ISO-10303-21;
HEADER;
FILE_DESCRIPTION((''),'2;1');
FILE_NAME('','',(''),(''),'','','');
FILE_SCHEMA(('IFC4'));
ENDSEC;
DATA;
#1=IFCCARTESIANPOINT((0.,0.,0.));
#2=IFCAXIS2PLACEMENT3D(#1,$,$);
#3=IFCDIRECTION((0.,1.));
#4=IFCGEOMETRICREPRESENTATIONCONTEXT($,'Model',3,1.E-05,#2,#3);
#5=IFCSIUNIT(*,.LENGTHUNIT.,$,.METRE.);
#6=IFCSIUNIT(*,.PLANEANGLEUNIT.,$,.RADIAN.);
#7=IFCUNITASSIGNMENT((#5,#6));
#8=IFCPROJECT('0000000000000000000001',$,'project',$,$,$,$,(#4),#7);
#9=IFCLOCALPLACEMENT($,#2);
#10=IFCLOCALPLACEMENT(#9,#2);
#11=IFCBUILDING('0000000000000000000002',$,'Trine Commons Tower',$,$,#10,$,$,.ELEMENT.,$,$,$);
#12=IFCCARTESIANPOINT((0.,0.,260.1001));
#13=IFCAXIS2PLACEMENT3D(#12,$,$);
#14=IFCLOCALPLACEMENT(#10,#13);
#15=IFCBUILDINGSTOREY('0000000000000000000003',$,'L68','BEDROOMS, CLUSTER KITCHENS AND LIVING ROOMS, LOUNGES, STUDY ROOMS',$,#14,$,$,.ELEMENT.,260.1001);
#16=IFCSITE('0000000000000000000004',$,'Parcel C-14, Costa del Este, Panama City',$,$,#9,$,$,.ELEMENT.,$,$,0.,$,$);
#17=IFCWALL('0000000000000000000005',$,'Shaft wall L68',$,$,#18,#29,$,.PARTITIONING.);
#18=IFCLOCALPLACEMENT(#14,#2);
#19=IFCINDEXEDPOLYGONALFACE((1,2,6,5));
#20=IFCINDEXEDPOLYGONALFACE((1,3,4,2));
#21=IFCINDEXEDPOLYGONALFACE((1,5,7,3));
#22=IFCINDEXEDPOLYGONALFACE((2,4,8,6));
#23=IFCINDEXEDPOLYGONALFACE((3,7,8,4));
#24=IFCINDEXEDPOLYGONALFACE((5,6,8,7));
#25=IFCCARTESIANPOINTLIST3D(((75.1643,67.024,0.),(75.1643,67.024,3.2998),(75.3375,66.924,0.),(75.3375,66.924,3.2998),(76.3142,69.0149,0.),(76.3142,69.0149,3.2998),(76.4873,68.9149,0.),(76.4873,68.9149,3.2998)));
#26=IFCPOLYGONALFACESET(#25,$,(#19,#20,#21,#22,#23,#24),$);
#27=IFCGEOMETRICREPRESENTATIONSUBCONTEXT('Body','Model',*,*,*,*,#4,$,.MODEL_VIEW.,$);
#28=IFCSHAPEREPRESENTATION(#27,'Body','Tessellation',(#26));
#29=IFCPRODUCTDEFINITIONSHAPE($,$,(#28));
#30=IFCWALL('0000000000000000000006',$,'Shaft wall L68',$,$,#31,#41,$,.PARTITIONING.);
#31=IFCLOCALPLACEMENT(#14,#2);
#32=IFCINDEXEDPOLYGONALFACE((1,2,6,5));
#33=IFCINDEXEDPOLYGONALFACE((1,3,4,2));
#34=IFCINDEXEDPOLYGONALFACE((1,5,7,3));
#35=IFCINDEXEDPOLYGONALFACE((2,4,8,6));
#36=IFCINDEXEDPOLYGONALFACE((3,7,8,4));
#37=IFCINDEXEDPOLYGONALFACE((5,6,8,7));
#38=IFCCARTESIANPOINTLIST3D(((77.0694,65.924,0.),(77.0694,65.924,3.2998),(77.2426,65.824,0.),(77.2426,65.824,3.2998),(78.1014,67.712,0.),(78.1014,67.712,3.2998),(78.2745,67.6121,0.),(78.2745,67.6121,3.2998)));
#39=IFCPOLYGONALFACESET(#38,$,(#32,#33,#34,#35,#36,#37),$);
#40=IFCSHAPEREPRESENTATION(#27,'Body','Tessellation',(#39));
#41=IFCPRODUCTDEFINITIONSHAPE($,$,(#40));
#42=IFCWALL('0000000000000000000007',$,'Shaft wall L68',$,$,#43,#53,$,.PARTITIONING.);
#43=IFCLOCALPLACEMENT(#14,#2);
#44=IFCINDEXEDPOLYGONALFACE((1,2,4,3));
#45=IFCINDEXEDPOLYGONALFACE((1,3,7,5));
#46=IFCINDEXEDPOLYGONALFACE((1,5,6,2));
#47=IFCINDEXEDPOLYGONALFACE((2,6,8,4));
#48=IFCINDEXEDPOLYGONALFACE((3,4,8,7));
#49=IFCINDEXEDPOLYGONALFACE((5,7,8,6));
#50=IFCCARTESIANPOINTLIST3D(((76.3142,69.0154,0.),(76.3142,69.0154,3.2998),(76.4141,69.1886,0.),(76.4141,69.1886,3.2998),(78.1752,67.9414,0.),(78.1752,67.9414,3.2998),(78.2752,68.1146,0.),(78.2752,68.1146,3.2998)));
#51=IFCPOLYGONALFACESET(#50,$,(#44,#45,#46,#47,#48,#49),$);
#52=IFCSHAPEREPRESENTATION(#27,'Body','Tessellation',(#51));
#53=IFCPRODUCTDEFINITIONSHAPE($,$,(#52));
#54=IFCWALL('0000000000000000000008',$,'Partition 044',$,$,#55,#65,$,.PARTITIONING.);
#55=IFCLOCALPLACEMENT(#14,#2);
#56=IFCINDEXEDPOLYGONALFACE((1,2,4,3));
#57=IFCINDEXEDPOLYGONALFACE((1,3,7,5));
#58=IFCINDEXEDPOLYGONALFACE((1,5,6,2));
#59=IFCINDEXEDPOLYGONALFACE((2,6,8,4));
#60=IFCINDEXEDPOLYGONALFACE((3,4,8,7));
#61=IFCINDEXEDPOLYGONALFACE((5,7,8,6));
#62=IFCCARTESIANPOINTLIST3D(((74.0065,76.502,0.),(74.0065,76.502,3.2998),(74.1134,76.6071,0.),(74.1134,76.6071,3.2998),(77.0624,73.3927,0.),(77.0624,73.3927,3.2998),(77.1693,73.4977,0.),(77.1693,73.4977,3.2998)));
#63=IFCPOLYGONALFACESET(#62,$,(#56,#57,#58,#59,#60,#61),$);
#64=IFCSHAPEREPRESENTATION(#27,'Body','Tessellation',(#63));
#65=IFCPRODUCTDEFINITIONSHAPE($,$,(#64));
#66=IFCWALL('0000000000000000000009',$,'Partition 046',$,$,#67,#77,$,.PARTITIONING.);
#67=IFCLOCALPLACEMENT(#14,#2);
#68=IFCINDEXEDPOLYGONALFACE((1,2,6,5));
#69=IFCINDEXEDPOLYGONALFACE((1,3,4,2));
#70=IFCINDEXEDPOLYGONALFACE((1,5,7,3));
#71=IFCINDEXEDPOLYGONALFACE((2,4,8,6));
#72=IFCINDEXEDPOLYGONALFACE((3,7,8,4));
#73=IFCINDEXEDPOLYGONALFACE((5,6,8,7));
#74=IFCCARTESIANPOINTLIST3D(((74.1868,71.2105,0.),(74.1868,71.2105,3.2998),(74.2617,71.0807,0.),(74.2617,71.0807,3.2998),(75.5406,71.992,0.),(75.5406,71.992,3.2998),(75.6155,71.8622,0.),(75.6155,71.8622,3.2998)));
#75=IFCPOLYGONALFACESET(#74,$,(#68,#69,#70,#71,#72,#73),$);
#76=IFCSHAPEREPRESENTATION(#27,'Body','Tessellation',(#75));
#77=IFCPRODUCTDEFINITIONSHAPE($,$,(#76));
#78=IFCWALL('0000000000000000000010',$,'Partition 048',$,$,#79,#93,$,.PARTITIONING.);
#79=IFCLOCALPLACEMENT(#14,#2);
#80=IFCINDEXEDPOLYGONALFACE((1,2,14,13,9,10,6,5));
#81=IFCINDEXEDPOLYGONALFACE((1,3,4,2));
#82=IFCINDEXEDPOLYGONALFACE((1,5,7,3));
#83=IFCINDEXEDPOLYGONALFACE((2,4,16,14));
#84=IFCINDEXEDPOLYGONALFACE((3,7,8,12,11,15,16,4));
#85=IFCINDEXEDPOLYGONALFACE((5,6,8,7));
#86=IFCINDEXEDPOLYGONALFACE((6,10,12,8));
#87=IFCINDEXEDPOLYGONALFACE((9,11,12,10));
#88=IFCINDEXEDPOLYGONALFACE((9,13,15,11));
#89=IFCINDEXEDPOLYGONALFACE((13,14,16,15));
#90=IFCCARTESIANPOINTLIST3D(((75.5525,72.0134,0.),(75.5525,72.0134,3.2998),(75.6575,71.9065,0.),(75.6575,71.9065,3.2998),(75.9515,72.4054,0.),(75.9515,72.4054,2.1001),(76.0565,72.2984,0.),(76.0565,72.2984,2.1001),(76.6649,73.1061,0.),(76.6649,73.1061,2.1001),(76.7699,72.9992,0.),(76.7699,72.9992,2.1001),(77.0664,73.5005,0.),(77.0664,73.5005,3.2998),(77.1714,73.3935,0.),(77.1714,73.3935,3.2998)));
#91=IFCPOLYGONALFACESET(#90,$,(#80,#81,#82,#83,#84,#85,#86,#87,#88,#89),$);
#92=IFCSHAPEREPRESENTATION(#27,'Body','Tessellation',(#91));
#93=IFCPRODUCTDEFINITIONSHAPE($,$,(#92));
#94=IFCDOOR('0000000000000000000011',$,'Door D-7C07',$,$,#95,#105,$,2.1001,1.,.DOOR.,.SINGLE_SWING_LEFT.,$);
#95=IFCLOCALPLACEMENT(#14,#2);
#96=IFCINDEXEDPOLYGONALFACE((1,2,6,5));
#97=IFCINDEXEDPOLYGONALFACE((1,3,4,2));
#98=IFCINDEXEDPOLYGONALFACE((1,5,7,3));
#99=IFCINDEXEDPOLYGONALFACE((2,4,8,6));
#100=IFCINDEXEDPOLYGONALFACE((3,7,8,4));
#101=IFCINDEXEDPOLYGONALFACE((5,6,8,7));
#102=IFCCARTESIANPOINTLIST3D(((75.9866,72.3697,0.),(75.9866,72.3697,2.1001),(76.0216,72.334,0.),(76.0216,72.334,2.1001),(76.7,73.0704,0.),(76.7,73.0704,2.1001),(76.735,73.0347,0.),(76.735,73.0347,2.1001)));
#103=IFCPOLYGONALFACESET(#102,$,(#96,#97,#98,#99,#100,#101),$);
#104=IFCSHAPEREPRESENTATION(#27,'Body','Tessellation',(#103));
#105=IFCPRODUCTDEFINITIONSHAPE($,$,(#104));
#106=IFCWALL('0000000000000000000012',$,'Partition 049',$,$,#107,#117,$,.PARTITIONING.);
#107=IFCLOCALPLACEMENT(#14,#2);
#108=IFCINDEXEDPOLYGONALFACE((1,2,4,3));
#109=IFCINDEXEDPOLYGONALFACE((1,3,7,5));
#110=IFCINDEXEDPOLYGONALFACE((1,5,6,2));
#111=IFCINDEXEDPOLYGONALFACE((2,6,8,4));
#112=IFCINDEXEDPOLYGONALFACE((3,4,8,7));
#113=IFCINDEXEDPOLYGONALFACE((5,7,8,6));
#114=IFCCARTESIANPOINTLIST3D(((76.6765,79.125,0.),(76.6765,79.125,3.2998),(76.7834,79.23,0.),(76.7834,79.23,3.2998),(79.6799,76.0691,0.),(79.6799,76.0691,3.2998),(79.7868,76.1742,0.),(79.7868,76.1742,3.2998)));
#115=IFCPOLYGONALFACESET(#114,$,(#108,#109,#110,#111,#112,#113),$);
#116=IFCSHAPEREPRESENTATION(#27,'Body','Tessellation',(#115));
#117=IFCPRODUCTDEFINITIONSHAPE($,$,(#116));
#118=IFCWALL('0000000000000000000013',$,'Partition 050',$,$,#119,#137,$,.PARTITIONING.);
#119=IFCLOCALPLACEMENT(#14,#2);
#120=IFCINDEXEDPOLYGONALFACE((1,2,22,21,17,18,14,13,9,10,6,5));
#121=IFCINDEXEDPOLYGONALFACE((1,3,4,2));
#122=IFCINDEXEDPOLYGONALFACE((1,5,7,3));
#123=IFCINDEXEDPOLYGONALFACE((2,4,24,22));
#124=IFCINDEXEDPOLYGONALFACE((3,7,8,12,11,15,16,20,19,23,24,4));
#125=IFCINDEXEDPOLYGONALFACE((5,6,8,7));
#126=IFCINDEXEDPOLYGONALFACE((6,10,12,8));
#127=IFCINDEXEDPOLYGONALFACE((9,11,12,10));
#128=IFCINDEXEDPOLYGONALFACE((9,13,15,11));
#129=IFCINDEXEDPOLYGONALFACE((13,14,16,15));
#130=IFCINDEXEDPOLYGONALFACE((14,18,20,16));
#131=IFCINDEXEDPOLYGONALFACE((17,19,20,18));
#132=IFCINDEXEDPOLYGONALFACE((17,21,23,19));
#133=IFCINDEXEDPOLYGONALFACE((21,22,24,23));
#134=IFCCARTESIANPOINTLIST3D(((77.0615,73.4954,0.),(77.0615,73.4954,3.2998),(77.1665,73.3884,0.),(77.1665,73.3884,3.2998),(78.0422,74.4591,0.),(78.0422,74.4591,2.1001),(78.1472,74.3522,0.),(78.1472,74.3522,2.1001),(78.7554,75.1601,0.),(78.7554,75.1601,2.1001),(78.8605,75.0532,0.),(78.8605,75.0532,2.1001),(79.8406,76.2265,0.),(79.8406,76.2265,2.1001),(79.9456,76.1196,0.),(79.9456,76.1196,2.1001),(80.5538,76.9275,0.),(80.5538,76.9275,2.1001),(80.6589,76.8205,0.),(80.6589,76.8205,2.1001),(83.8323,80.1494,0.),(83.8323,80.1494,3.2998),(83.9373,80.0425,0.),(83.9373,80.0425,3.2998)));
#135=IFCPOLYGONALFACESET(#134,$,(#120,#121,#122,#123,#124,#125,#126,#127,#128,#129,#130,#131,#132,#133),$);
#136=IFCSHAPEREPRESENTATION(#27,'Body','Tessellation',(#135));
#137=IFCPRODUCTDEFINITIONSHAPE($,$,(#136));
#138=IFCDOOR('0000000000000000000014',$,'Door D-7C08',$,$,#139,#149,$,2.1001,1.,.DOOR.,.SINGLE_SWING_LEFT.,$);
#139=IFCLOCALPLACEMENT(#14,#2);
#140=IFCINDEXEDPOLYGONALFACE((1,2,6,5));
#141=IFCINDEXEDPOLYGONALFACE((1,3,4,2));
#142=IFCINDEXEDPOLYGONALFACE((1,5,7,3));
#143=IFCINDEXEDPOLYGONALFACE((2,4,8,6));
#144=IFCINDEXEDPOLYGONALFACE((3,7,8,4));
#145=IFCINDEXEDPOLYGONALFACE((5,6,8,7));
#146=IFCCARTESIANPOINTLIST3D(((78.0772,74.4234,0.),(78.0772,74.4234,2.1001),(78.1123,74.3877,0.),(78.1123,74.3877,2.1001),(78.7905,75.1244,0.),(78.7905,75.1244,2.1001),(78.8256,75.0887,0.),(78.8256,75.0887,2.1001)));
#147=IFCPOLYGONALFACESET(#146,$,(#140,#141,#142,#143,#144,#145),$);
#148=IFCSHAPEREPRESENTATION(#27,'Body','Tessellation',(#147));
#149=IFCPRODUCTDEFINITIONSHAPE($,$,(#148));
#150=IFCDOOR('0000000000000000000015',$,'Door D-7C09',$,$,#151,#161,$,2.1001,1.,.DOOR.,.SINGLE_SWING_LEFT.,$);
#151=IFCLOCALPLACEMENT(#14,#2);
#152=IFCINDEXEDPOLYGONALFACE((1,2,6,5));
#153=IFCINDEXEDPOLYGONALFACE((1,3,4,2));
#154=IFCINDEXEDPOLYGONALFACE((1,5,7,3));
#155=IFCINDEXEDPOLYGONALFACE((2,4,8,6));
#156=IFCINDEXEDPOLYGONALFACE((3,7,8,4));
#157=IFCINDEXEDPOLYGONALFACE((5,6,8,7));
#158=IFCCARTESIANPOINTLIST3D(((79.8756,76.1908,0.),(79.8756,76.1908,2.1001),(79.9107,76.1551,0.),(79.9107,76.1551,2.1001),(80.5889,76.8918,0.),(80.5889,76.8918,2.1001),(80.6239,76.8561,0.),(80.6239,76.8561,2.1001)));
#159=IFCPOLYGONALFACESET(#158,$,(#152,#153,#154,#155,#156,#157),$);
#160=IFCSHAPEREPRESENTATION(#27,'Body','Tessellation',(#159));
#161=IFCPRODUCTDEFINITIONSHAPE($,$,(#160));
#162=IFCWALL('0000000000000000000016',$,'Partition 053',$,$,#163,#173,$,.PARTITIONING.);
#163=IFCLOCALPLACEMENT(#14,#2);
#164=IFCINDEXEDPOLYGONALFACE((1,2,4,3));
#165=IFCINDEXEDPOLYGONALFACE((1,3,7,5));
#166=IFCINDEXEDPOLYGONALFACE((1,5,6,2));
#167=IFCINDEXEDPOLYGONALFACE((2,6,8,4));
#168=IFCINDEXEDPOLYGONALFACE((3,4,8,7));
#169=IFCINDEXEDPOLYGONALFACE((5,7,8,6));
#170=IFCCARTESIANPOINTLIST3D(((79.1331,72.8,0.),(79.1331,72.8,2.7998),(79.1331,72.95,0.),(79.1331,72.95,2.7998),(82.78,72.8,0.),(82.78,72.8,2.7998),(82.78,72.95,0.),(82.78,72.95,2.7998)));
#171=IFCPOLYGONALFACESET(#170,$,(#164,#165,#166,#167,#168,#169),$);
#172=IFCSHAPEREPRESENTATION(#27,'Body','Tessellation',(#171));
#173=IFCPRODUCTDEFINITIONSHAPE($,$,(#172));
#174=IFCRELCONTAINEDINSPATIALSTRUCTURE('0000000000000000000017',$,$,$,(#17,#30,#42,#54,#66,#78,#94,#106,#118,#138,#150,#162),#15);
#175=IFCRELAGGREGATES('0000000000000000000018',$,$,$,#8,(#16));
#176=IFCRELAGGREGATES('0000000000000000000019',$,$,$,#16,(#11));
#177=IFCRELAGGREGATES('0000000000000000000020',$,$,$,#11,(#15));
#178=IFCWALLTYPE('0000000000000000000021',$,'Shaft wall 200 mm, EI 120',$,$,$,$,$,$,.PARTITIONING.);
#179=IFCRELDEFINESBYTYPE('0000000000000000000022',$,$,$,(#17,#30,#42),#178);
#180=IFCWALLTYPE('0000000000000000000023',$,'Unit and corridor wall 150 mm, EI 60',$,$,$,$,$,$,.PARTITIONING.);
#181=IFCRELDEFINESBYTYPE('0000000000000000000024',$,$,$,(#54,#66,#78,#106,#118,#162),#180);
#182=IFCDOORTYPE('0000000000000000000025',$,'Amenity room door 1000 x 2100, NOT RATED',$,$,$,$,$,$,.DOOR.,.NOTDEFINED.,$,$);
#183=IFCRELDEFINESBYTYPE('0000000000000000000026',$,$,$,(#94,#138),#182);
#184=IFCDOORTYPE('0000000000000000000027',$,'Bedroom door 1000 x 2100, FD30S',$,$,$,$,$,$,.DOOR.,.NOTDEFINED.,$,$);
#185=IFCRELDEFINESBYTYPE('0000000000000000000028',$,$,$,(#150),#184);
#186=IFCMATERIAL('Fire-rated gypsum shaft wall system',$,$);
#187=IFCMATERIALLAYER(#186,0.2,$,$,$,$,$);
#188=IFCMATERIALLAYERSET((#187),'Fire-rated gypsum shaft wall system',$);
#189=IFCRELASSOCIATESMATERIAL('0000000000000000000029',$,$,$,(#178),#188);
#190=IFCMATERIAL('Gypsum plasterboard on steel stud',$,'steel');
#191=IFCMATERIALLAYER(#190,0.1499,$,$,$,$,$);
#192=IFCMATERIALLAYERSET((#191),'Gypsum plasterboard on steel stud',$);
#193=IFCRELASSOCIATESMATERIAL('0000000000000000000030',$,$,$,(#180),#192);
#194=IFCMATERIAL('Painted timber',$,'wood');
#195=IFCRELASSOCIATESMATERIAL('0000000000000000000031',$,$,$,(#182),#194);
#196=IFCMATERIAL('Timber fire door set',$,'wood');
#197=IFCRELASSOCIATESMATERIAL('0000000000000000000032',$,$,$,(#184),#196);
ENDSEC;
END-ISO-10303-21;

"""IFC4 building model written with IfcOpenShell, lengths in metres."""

from ifc_helpers import new_model, si_unit, direction, frame, frame_2d, origin, place, context, subcontext, project, spatial, rectangle, extrude, material, layer, layer_set, type_object, element, fill, save


model = new_model("IFC4")

# Units and contexts
model_context = context("Model", 3, precision=1e-05, world=origin(), true_north=direction((0.0, 1.0)))
body_context = subcontext(model_context, "Body", "Model", "MODEL_VIEW")
ifc_project = project(units=[si_unit("LENGTHUNIT", "METRE"), si_unit("PLANEANGLEUNIT", "RADIAN")], contexts=[model_context])

# Site, building, storey
site_placement = place(None, origin())
site = spatial("IfcSite", under=ifc_project, at=site_placement, Name="Parcel C-14, Costa del Este, Panama City", CompositionType="ELEMENT", RefElevation=0.0)
building_placement = place(site_placement, origin())
building = spatial("IfcBuilding", under=site, at=building_placement, Name="Trine Commons Tower", CompositionType="ELEMENT")
storey_placement = place(building_placement, frame((0.0, 0.0, 260.1001)))
storey = spatial("IfcBuildingStorey", under=building, at=storey_placement, Name="L68", Description="BEDROOMS, CLUSTER KITCHENS AND LIVING ROOMS, LOUNGES, STUDY ROOMS", CompositionType="ELEMENT", Elevation=260.1001)

# Shared definitions
ifc_material_1 = material(Name="Fire-rated gypsum shaft wall system")

# Walls
ifc_layer_1 = layer(ifc_material_1, 0.2)
ifc_layer_set_1 = layer_set([ifc_layer_1], Name="Fire-rated gypsum shaft wall system")
wall_type_1 = type_object("IfcWallType", Name="Shaft wall 200 mm, EI 120", PredefinedType="PARTITIONING", material=ifc_layer_set_1)
wall_1_placement = place(storey_placement, frame((75.251, 66.9741, 0.0), z_axis=(0.0, 0.0, 1.0), x_axis=(0.500136, 0.865947, 0.0)))
element("IfcWall", 1, at=wall_1_placement, inside=storey, type_object=wall_type_1, Name="Shaft wall L68", PredefinedType="PARTITIONING", context=body_context, shape_type="SweptSolid", body=[
    extrude(rectangle(XDim=2.2991, YDim=0.2, at=frame_2d((1.1494, 0.0))), origin(), (0.0, 0.0, 1.0), 3.2998),
])
wall_2_placement = place(storey_placement, frame((77.156, 65.874, 0.0), z_axis=(0.0, 0.0, 1.0), x_axis=(0.499866, 0.866103, 0.0)))
element("IfcWall", 2, at=wall_2_placement, inside=storey, type_object=wall_type_1, Name="Shaft wall L68", PredefinedType="PARTITIONING", context=body_context, shape_type="SweptSolid", body=[
    extrude(rectangle(XDim=2.0645, YDim=0.2, at=frame_2d((1.0322, 0.0))), origin(), (0.0, 0.0, 1.0), 3.2998),
])
wall_3_placement = place(storey_placement, frame((78.2251, 68.0281, 0.0), z_axis=(0.0, 0.0, 1.0), x_axis=(-0.866131, 0.499818, 0.0)))
element("IfcWall", 3, at=wall_3_placement, inside=storey, type_object=wall_type_1, Name="Shaft wall L68", PredefinedType="PARTITIONING", context=body_context, shape_type="SweptSolid", body=[
    extrude(rectangle(XDim=2.1487, YDim=0.2, at=frame_2d((1.0742, 0.0))), origin(), (0.0, 0.0, 1.0), 3.2998),
])
ifc_material_2 = material(Name="Gypsum plasterboard on steel stud", Category="steel")
ifc_layer_2 = layer(ifc_material_2, 0.1499)
ifc_layer_set_2 = layer_set([ifc_layer_2], Name="Gypsum plasterboard on steel stud")
wall_type_2 = type_object("IfcWallType", Name="Unit and corridor wall 150 mm, EI 60", PredefinedType="PARTITIONING", material=ifc_layer_set_2)
wall_4_placement = place(storey_placement, frame((74.0601, 76.5544, 0.0), z_axis=(0.0, 0.0, 1.0), x_axis=(0.700948, -0.713212, 0.0)))
element("IfcWall", 4, at=wall_4_placement, inside=storey, type_object=wall_type_2, Name="Partition 044", PredefinedType="PARTITIONING", context=body_context, shape_type="SweptSolid", body=[
    extrude(rectangle(XDim=4.3596, YDim=0.1499, at=frame_2d((2.1797, 0.0))), origin(), (0.0, 0.0, 1.0), 3.2998),
])
wall_5_placement = place(storey_placement, frame((74.2241, 71.1455, 0.0), z_axis=(0.0, 0.0, 1.0), x_axis=(0.866053, 0.499952, 0.0)))
element("IfcWall", 5, at=wall_5_placement, inside=storey, type_object=wall_type_2, Name="Partition 046", PredefinedType="PARTITIONING", context=body_context, shape_type="SweptSolid", body=[
    extrude(rectangle(XDim=1.5632, YDim=0.1499, at=frame_2d((0.7817, 0.0))), origin(), (0.0, 0.0, 1.0), 3.2998),
])

# Wall, opening, door
wall_6_placement = place(storey_placement, frame((75.605, 71.96, 0.0), z_axis=(0.0, 0.0, 1.0), x_axis=(0.713406, 0.700751, 0.0)))
wall_6 = element("IfcWall", 6, at=wall_6_placement, inside=storey, type_object=wall_type_2, Name="Partition 048", PredefinedType="PARTITIONING", context=body_context, shape_type="SweptSolid", body=[
    extrude(rectangle(XDim=2.1221, YDim=0.1499, at=frame_2d((1.061, 0.0))), origin(), (0.0, 0.0, 1.0), 3.2998),
])
opening_1_placement = place(wall_6_placement, frame((0.5593, 0.0, 0.0)))
opening_1 = element("IfcOpeningElement", 7, at=opening_1_placement, cuts=wall_6, PredefinedType="OPENING", context=body_context, shape_type="SweptSolid", body=[
    extrude(rectangle(XDim=1.0, YDim=2.1001, at=frame_2d((0.5, 1.05))), frame((0.0, 0.085, 0.0), z_axis=(0.0, -1.0, 0.0), x_axis=(1.0, 0.0, 0.0)), (0.0, 0.0, 1.0), 0.1699),
])
ifc_material_3 = material(Name="Painted timber", Category="wood")
door_type_1 = type_object("IfcDoorType", Name="Amenity room door 1000 x 2100, NOT RATED", OperationType="NOTDEFINED", PredefinedType="DOOR", material=ifc_material_3)
door_1_placement = place(opening_1_placement, origin())
door_1 = element("IfcDoor", 8, at=door_1_placement, inside=storey, type_object=door_type_1, Name="Door D-7C07", OperationType="SINGLE_SWING_LEFT", OverallHeight=2.1001, OverallWidth=1.0, PredefinedType="DOOR", context=body_context, shape_type="SweptSolid", body=[
    extrude(rectangle(XDim=1.0, YDim=2.1001, at=frame_2d((0.5, 1.05))), frame((0.0, 0.0249, 0.0), z_axis=(0.0, -1.0, 0.0), x_axis=(1.0, 0.0, 0.0)), (0.0, 0.0, 1.0), 0.05),
])
fill(opening_1, door_1)

# Wall
wall_7_placement = place(storey_placement, frame((76.73, 79.1775, 0.0), z_axis=(0.0, 0.0, 1.0), x_axis=(0.700955, -0.713205, 0.0)))
element("IfcWall", 9, at=wall_7_placement, inside=storey, type_object=wall_type_2, Name="Partition 049", PredefinedType="PARTITIONING", context=body_context, shape_type="SweptSolid", body=[
    extrude(rectangle(XDim=4.2847, YDim=0.1499, at=frame_2d((2.1423, 0.0))), origin(), (0.0, 0.0, 1.0), 3.2998),
])

# Wall, openings, doors
wall_8_placement = place(storey_placement, frame((77.114, 73.4419, 0.0), z_axis=(0.0, 0.0, 1.0), x_axis=(0.713227, 0.700934, 0.0)))
wall_8 = element("IfcWall", 10, at=wall_8_placement, inside=storey, type_object=wall_type_2, Name="Partition 050", PredefinedType="PARTITIONING", context=body_context, shape_type="SweptSolid", body=[
    extrude(rectangle(XDim=9.4932, YDim=0.1499, at=frame_2d((4.7466, 0.0))), origin(), (0.0, 0.0, 1.0), 3.2998),
])
opening_2_placement = place(wall_8_placement, frame((1.375, 0.0, 0.0)))
opening_2 = element("IfcOpeningElement", 11, at=opening_2_placement, cuts=wall_8, PredefinedType="OPENING", context=body_context, shape_type="SweptSolid", body=[
    extrude(rectangle(XDim=1.0, YDim=2.1001, at=frame_2d((0.5, 1.05))), frame((0.0, 0.085, 0.0), z_axis=(0.0, -1.0, 0.0), x_axis=(1.0, 0.0, 0.0)), (0.0, 0.0, 1.0), 0.1699),
])
opening_3_placement = place(wall_8_placement, frame((3.8965, 0.0, 0.0)))
opening_3 = element("IfcOpeningElement", 12, at=opening_3_placement, cuts=wall_8, PredefinedType="OPENING", context=body_context, shape_type="SweptSolid", body=[
    extrude(rectangle(XDim=1.0, YDim=2.1001, at=frame_2d((0.5, 1.05))), frame((0.0, 0.085, 0.0), z_axis=(0.0, -1.0, 0.0), x_axis=(1.0, 0.0, 0.0)), (0.0, 0.0, 1.0), 0.1699),
])
door_2_placement = place(opening_2_placement, origin())
door_2 = element("IfcDoor", 13, at=door_2_placement, inside=storey, type_object=door_type_1, Name="Door D-7C08", OperationType="SINGLE_SWING_LEFT", OverallHeight=2.1001, OverallWidth=1.0, PredefinedType="DOOR", context=body_context, shape_type="SweptSolid", body=[
    extrude(rectangle(XDim=1.0, YDim=2.1001, at=frame_2d((0.5, 1.05))), frame((0.0, 0.0249, 0.0), z_axis=(0.0, -1.0, 0.0), x_axis=(1.0, 0.0, 0.0)), (0.0, 0.0, 1.0), 0.05),
])
fill(opening_2, door_2)
ifc_material_4 = material(Name="Timber fire door set", Category="wood")
door_type_2 = type_object("IfcDoorType", Name="Bedroom door 1000 x 2100, FD30S", OperationType="NOTDEFINED", PredefinedType="DOOR", material=ifc_material_4)
door_3_placement = place(opening_3_placement, origin())
door_3 = element("IfcDoor", 14, at=door_3_placement, inside=storey, type_object=door_type_2, Name="Door D-7C09", OperationType="SINGLE_SWING_LEFT", OverallHeight=2.1001, OverallWidth=1.0, PredefinedType="DOOR", context=body_context, shape_type="SweptSolid", body=[
    extrude(rectangle(XDim=1.0, YDim=2.1001, at=frame_2d((0.5, 1.05))), frame((0.0, 0.0249, 0.0), z_axis=(0.0, -1.0, 0.0), x_axis=(1.0, 0.0, 0.0)), (0.0, 0.0, 1.0), 0.05),
])
fill(opening_3, door_3)

# Wall
wall_9_placement = place(storey_placement, frame((79.1331, 72.875, 0.0), z_axis=(0.0, 0.0, 1.0), x_axis=(1.0, 0.0, 0.0)))
element("IfcWall", 15, at=wall_9_placement, inside=storey, type_object=wall_type_2, Name="Partition 053", PredefinedType="PARTITIONING", context=body_context, shape_type="SweptSolid", body=[
    extrude(rectangle(XDim=3.647, YDim=0.1499, at=frame_2d((1.8235, 0.0))), origin(), (0.0, 0.0, 1.0), 2.7998),
])

save(model, "model.ifc")
